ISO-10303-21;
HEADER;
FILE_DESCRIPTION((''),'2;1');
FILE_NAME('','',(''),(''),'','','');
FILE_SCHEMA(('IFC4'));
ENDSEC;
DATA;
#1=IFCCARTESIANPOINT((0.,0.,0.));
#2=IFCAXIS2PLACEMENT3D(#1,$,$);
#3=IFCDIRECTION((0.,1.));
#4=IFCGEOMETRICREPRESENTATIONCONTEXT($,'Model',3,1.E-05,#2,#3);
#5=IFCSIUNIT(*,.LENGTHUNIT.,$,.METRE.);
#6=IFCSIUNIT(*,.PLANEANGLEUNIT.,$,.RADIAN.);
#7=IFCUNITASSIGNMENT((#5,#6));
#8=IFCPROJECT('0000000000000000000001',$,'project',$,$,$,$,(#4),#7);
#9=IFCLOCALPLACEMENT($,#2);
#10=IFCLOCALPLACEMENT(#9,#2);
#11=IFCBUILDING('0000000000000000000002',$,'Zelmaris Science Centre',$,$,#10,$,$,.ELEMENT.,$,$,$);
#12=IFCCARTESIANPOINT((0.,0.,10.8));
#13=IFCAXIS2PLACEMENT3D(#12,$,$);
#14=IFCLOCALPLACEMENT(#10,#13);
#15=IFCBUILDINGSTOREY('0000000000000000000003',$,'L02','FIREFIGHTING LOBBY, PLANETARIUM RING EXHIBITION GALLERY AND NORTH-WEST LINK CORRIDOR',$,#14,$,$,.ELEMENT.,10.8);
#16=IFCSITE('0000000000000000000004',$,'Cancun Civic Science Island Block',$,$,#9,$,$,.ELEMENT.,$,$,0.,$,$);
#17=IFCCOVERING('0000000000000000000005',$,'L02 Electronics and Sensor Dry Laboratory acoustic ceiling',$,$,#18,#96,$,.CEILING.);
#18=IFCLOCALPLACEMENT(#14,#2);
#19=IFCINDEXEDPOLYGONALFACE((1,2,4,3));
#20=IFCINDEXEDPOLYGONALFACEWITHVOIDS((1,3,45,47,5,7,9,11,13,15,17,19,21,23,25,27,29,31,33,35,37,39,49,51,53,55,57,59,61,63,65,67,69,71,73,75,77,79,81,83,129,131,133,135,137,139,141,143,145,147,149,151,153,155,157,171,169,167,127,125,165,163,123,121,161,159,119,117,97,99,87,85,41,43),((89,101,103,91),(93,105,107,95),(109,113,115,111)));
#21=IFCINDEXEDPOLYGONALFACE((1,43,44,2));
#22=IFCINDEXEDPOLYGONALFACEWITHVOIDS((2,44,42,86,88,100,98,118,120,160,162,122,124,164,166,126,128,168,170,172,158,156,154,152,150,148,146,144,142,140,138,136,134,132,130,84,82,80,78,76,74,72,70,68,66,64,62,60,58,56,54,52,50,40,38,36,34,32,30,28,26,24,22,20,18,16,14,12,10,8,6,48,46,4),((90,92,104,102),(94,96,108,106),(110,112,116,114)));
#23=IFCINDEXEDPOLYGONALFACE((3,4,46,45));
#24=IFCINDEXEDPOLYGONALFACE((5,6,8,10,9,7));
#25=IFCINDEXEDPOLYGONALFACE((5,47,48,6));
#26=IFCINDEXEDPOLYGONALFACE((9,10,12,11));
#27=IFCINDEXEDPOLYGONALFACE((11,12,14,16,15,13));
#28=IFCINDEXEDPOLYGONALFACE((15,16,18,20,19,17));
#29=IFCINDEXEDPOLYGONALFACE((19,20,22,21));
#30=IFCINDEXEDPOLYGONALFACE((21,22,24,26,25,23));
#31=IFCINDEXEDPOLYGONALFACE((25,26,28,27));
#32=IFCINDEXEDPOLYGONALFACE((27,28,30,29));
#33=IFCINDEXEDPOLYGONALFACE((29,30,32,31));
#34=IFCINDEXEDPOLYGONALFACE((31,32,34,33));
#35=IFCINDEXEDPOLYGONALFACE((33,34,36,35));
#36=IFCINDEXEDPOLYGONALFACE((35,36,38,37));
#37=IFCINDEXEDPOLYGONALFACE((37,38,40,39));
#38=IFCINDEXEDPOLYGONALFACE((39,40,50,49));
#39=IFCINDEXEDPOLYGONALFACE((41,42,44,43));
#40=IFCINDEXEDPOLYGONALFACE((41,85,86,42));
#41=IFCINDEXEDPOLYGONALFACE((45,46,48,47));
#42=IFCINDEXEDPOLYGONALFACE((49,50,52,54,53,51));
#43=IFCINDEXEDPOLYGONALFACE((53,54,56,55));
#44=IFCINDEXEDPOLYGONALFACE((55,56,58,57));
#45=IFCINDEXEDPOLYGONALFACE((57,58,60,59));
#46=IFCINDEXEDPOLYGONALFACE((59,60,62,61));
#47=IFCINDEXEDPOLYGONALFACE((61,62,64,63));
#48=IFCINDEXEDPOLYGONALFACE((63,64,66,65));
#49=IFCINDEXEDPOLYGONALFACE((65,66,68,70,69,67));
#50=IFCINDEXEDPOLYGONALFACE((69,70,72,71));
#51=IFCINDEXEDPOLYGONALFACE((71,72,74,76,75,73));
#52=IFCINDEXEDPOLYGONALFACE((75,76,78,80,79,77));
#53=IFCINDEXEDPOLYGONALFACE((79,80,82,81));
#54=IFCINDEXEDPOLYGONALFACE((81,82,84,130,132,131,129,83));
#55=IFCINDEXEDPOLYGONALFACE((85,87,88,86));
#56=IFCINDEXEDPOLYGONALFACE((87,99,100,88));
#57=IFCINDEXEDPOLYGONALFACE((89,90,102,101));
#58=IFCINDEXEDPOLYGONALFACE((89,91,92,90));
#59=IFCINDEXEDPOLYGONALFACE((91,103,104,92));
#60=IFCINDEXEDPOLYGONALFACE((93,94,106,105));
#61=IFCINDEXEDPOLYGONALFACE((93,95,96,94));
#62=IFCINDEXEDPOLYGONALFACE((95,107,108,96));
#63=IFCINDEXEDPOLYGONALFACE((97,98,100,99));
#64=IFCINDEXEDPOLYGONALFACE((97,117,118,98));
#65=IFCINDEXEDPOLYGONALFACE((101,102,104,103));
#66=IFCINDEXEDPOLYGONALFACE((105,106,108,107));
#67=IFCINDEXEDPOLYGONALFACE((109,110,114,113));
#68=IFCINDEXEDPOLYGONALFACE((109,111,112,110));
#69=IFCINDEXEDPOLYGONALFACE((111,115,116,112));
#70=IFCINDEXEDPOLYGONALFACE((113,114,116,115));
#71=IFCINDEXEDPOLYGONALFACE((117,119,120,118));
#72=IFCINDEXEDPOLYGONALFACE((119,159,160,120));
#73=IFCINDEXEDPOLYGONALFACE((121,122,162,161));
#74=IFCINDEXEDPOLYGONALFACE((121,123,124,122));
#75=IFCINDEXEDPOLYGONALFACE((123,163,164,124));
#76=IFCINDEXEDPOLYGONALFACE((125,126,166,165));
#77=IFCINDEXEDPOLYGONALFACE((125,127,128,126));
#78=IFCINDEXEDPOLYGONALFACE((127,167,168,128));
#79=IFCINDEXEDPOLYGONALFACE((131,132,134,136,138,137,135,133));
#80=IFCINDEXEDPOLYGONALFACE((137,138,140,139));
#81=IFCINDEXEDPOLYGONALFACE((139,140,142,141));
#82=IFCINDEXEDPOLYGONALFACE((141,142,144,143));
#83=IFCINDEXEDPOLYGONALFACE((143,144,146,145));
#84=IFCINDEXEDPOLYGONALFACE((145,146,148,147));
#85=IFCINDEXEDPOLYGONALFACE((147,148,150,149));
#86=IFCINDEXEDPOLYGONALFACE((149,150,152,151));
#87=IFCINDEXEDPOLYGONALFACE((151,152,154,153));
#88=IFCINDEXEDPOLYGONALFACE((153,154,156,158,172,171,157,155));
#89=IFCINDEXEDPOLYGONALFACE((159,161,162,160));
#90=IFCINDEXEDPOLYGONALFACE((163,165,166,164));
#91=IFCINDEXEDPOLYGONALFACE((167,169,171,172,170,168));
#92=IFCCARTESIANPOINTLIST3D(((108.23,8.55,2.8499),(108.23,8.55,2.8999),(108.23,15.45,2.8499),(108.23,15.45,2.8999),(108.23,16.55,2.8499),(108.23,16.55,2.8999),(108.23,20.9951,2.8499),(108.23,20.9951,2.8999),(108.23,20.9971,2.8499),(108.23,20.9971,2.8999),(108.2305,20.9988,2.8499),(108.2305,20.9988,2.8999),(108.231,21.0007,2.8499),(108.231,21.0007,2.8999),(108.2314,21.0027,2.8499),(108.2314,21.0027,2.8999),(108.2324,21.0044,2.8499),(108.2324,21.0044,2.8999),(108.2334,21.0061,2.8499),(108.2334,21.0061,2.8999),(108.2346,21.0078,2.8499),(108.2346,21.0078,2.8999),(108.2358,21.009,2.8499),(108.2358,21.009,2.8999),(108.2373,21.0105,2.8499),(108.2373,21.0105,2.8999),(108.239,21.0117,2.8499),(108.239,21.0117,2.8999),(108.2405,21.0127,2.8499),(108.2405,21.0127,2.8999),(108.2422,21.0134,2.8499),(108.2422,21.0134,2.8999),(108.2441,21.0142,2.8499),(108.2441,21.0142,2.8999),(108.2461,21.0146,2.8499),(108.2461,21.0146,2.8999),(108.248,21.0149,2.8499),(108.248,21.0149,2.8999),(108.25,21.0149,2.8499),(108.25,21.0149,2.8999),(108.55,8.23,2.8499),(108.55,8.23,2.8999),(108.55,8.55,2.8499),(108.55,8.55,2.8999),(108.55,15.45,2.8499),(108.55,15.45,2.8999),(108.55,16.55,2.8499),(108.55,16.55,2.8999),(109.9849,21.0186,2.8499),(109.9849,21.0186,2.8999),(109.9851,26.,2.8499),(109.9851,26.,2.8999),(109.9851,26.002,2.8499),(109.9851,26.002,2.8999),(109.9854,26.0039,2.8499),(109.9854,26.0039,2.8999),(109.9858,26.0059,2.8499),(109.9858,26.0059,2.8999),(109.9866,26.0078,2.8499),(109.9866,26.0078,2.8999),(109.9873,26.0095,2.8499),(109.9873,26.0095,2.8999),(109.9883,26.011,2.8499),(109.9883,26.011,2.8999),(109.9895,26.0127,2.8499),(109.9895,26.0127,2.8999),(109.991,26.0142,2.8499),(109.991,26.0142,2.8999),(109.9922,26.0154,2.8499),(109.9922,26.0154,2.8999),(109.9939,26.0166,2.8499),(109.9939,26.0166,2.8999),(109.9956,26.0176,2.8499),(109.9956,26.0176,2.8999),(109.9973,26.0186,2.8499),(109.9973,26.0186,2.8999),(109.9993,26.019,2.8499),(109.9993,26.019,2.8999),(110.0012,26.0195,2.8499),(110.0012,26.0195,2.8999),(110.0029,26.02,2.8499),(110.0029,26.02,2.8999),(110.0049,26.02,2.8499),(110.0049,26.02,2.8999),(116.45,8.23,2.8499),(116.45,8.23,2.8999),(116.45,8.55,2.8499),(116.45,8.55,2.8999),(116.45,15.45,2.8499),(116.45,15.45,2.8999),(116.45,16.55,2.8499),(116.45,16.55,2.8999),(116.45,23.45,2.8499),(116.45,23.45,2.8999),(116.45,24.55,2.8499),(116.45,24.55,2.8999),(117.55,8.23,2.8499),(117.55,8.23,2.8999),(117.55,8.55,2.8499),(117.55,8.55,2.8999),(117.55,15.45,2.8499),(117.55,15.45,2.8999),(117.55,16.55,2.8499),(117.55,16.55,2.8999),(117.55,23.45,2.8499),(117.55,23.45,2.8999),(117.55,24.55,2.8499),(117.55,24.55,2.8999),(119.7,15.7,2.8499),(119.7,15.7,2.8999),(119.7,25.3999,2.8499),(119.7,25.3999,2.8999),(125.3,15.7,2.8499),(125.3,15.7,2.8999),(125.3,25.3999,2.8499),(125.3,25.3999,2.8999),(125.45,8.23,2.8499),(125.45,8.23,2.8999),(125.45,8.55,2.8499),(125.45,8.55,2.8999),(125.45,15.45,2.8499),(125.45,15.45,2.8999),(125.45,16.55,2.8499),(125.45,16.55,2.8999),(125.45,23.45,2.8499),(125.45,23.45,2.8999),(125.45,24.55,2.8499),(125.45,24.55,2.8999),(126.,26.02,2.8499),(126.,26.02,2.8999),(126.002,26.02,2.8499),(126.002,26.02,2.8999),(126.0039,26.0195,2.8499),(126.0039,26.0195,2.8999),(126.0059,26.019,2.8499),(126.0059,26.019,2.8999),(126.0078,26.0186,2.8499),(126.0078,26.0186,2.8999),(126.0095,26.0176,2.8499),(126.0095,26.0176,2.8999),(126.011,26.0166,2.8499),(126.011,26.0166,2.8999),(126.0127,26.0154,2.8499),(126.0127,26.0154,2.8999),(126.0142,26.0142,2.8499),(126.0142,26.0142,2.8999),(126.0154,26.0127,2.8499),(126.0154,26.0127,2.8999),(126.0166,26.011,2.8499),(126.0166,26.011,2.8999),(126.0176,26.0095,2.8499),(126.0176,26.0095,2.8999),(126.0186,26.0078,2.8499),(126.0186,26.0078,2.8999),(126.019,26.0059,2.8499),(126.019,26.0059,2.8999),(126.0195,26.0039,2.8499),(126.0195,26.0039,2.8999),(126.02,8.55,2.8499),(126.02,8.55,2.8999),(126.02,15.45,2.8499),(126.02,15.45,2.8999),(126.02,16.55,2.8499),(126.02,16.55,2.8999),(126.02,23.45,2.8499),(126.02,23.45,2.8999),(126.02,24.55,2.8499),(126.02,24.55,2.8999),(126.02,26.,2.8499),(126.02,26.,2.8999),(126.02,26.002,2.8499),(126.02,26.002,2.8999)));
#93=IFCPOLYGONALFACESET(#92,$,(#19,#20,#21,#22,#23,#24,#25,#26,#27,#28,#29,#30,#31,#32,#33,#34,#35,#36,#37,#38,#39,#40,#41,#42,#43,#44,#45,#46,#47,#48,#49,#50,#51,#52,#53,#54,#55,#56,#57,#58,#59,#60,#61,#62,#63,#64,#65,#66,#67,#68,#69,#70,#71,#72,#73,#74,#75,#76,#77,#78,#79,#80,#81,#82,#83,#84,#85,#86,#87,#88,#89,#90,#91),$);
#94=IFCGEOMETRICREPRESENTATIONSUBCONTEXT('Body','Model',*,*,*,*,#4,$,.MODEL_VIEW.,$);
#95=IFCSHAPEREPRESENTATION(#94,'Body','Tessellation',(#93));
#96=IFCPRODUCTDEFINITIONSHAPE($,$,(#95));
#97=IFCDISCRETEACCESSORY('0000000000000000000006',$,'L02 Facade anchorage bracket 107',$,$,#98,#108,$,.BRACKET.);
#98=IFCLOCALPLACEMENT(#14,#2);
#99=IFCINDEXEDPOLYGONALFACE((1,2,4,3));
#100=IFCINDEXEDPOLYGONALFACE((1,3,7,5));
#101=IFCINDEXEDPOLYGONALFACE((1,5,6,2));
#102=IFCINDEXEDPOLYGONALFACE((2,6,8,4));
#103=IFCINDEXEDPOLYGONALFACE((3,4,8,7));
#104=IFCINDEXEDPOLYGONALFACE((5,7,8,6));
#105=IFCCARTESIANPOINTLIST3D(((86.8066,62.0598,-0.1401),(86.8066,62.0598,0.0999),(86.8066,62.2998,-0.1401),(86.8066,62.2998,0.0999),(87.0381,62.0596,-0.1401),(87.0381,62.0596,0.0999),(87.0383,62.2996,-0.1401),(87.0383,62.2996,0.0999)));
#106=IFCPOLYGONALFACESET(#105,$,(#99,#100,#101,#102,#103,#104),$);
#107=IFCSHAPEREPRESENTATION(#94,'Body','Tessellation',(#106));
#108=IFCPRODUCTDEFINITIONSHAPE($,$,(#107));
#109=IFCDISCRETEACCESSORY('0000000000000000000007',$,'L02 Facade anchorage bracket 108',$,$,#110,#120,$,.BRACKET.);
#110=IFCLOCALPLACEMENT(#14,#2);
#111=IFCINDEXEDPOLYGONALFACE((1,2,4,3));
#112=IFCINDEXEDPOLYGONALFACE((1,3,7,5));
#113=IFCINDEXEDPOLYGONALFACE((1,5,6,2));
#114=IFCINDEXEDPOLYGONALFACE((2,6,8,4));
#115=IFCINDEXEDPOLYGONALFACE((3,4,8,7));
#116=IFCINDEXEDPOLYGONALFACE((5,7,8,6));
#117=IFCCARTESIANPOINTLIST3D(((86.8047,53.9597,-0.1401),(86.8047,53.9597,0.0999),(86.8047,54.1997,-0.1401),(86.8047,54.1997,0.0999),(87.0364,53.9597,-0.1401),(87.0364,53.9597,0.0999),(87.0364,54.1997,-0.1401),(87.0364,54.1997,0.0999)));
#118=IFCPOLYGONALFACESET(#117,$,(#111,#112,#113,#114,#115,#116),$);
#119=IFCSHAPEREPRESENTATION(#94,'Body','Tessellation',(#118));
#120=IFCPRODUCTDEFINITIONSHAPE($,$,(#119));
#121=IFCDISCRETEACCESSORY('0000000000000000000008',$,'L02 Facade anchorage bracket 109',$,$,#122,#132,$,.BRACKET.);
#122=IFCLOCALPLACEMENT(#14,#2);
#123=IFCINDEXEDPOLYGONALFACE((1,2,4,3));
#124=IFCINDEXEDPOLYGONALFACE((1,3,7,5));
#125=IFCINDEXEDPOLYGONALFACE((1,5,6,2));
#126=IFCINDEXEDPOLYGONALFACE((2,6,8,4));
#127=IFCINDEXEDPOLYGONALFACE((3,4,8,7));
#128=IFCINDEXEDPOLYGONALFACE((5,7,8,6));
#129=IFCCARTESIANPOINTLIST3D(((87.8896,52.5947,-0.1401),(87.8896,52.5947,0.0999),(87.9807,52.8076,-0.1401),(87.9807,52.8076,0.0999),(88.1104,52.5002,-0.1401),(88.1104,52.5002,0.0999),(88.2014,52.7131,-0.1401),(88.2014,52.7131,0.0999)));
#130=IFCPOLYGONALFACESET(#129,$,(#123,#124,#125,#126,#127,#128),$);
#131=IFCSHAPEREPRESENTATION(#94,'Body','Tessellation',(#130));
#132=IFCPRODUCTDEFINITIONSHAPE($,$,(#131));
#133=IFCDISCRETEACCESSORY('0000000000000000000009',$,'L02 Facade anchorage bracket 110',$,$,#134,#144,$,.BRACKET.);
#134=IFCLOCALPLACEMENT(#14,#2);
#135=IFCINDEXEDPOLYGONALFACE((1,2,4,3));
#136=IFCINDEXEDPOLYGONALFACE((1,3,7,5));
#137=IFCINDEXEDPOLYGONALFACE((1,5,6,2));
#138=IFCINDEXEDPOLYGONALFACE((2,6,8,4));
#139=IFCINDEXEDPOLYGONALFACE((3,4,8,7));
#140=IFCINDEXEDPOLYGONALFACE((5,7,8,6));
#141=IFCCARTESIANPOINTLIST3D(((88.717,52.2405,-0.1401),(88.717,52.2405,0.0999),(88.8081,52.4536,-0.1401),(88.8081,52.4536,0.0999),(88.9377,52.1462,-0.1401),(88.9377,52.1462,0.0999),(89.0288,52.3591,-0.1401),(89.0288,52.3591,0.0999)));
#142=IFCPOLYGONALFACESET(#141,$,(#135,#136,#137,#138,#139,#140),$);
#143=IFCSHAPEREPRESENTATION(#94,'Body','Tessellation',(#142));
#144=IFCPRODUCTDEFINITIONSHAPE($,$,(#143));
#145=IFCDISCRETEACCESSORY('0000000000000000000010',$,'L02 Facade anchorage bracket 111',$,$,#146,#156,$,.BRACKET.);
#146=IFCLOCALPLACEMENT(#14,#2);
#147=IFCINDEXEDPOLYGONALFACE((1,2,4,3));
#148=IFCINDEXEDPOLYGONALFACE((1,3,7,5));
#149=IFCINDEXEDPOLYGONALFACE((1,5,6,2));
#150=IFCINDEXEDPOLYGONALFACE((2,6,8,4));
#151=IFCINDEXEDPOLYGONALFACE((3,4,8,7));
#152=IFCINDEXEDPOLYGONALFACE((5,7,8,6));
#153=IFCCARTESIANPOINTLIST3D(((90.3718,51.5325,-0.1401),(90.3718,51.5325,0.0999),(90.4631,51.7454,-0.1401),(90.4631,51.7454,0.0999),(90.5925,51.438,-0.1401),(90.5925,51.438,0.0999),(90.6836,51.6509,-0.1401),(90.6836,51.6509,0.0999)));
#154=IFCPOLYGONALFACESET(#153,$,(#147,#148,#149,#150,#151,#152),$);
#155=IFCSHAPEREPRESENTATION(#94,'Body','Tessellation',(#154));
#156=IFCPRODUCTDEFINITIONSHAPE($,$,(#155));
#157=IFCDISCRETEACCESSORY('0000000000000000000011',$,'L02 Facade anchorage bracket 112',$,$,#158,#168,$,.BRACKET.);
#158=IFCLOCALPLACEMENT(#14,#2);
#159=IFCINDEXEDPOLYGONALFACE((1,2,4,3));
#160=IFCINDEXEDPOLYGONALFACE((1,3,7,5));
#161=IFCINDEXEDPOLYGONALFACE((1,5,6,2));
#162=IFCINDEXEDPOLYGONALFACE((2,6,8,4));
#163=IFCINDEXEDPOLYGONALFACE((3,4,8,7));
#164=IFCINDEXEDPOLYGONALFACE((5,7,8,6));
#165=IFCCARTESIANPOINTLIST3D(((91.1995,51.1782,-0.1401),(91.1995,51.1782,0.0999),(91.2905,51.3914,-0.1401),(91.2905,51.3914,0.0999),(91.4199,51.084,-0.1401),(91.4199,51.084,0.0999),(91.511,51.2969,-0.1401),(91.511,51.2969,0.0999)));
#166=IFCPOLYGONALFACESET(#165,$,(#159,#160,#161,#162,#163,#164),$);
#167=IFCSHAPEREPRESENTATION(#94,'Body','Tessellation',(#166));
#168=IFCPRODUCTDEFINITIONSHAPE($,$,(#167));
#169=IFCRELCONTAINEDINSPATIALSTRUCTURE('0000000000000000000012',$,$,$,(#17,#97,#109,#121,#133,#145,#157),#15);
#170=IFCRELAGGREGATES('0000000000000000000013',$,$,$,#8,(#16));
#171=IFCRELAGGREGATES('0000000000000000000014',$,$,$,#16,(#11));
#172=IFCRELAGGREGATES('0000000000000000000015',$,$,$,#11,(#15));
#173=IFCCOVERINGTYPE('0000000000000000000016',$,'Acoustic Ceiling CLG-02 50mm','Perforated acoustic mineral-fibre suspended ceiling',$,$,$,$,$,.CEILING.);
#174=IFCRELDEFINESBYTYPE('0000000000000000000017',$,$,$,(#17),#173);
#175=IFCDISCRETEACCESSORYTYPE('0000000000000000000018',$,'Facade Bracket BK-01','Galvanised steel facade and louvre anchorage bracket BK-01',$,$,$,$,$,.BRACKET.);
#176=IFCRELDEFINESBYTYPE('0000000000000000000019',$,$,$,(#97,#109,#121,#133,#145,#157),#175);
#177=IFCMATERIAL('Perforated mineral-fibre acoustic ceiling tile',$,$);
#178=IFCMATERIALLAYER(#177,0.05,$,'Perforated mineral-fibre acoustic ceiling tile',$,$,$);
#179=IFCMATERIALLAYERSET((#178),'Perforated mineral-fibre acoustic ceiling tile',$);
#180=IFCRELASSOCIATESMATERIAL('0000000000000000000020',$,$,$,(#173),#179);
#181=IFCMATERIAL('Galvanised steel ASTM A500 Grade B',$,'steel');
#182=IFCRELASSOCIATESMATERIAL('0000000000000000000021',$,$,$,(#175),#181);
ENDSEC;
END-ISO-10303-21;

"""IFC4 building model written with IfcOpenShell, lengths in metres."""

from ifc_helpers import new_model, si_unit, direction, frame, origin, place, context, subcontext, project, spatial, polyline, outline, extrude, material, layer, layer_set, type_object, element, save


model = new_model("IFC4")

# Units and contexts
model_context = context("Model", 3, precision=1e-05, world=origin(), true_north=direction((0.0, 1.0)))
body_context = subcontext(model_context, "Body", "Model", "MODEL_VIEW")
ifc_project = project(units=[si_unit("LENGTHUNIT", "METRE"), si_unit("PLANEANGLEUNIT", "RADIAN")], contexts=[model_context])

# Site, building, storey
site_placement = place(None, origin())
site = spatial("IfcSite", under=ifc_project, at=site_placement, Name="Cancun Civic Science Island Block", CompositionType="ELEMENT", RefElevation=0.0)
building_placement = place(site_placement, origin())
building = spatial("IfcBuilding", under=site, at=building_placement, Name="Zelmaris Science Centre", CompositionType="ELEMENT")
storey_placement = place(building_placement, frame((0.0, 0.0, 10.8)))
storey = spatial("IfcBuildingStorey", under=building, at=storey_placement, Name="L02", Description="FIREFIGHTING LOBBY, PLANETARIUM RING EXHIBITION GALLERY AND NORTH-WEST LINK CORRIDOR", CompositionType="ELEMENT", Elevation=10.8)

# Covering
ifc_material_1 = material(Name="Perforated mineral-fibre acoustic ceiling tile")
ifc_layer_1 = layer(ifc_material_1, 0.05, Name="Perforated mineral-fibre acoustic ceiling tile")
ifc_layer_set_1 = layer_set([ifc_layer_1], Name="Perforated mineral-fibre acoustic ceiling tile")
covering_type_1 = type_object("IfcCoveringType", Name="Acoustic Ceiling CLG-02 50mm", Description="Perforated acoustic mineral-fibre suspended ceiling", PredefinedType="CEILING", material=ifc_layer_set_1)
covering_1_placement = place(storey_placement, frame((0.0, 0.0, 2.8499)))
element("IfcCovering", 1, at=covering_1_placement, inside=storey, type_object=covering_type_1, Name="L02 Electronics and Sensor Dry Laboratory acoustic ceiling", PredefinedType="CEILING", context=body_context, shape_type="SweptSolid", body=[
    extrude(outline(polyline([(126.002, 26.02), (126.0039, 26.0195), (126.0059, 26.019), (126.0078, 26.0186), (126.0095, 26.0176), (126.011, 26.0166), (126.0127, 26.0154), (126.0142, 26.0142), (126.0154, 26.0127), (126.0166, 26.011), (126.0176, 26.0095), (126.0186, 26.0078), (126.019, 26.0059), (126.0195, 26.0039), (126.02, 26.002), (126.02, 26.0), (126.02, 24.55), (125.45, 24.55), (125.45, 23.45), (126.02, 23.45), (126.02, 16.55), (125.45, 16.55), (125.45, 15.45), (126.02, 15.45), (126.02, 8.55), (125.45, 8.55), (125.45, 8.23), (117.55, 8.23), (117.55, 8.55), (116.45, 8.55), (116.45, 8.23), (108.55, 8.23), (108.55, 8.55), (108.23, 8.55), (108.23, 15.45), (108.55, 15.45), (108.55, 16.55), (108.23, 16.55), (108.23, 20.9951), (108.23, 20.9971), (108.2305, 20.9988), (108.231, 21.0007), (108.2314, 21.0027), (108.2324, 21.0044), (108.2334, 21.0061), (108.2346, 21.0078), (108.2358, 21.009), (108.2373, 21.0105), (108.239, 21.0117), (108.2405, 21.0127), (108.2422, 21.0134), (108.2441, 21.0142), (108.2461, 21.0146), (108.248, 21.0149), (108.25, 21.0149), (109.9849, 21.0186), (109.9851, 26.0), (109.9851, 26.002), (109.9854, 26.0039), (109.9858, 26.0059), (109.9866, 26.0078), (109.9873, 26.0095), (109.9883, 26.011), (109.9895, 26.0127), (109.991, 26.0142), (109.9922, 26.0154), (109.9939, 26.0166), (109.9956, 26.0176), (109.9973, 26.0186), (109.9993, 26.019), (110.0012, 26.0195), (110.0029, 26.02), (110.0049, 26.02), (126.0, 26.02), (126.002, 26.02)]), holes=[polyline([(119.7, 15.7), (125.3, 15.7), (125.3, 25.3999), (119.7, 25.3999), (119.7, 15.7)]), polyline([(116.45, 15.45), (117.55, 15.45), (117.55, 16.55), (116.45, 16.55), (116.45, 15.45)]), polyline([(117.55, 23.45), (117.55, 24.55), (116.45, 24.55), (116.45, 23.45), (117.55, 23.45)])]), origin(), (0.0, 0.0, 1.0), 0.05),
])

# Discrete accessories
ifc_material_2 = material(Name="Galvanised steel ASTM A500 Grade B", Category="steel")
discrete_accessory_type_1 = type_object("IfcDiscreteAccessoryType", Name="Facade Bracket BK-01", Description="Galvanised steel facade and louvre anchorage bracket BK-01", PredefinedType="BRACKET", material=ifc_material_2)
discrete_accessory_1_placement = place(storey_placement, frame((0.0, 0.0, -0.1401)))
element("IfcDiscreteAccessory", 2, at=discrete_accessory_1_placement, inside=storey, type_object=discrete_accessory_type_1, Name="L02 Facade anchorage bracket 107", PredefinedType="BRACKET", context=body_context, shape_type="SweptSolid", body=[
    extrude(outline(polyline([(86.8066, 62.2998), (86.8066, 62.0598), (87.0381, 62.0596), (87.0383, 62.2996), (86.8066, 62.2998)])), origin(), (0.0, 0.0, 1.0), 0.24),
])
discrete_accessory_2_placement = place(storey_placement, frame((0.0, 0.0, -0.1401)))
element("IfcDiscreteAccessory", 3, at=discrete_accessory_2_placement, inside=storey, type_object=discrete_accessory_type_1, Name="L02 Facade anchorage bracket 108", PredefinedType="BRACKET", context=body_context, shape_type="SweptSolid", body=[
    extrude(outline(polyline([(86.8047, 54.1997), (86.8047, 53.9597), (87.0364, 53.9597), (87.0364, 54.1997), (86.8047, 54.1997)])), origin(), (0.0, 0.0, 1.0), 0.24),
])
discrete_accessory_3_placement = place(storey_placement, frame((0.0, 0.0, -0.1401)))
element("IfcDiscreteAccessory", 4, at=discrete_accessory_3_placement, inside=storey, type_object=discrete_accessory_type_1, Name="L02 Facade anchorage bracket 109", PredefinedType="BRACKET", context=body_context, shape_type="SweptSolid", body=[
    extrude(outline(polyline([(87.8896, 52.5947), (88.1104, 52.5002), (88.2014, 52.7131), (87.9807, 52.8076), (87.8896, 52.5947)])), origin(), (0.0, 0.0, 1.0), 0.24),
])
discrete_accessory_4_placement = place(storey_placement, frame((0.0, 0.0, -0.1401)))
element("IfcDiscreteAccessory", 5, at=discrete_accessory_4_placement, inside=storey, type_object=discrete_accessory_type_1, Name="L02 Facade anchorage bracket 110", PredefinedType="BRACKET", context=body_context, shape_type="SweptSolid", body=[
    extrude(outline(polyline([(88.717, 52.2405), (88.9377, 52.1462), (89.0288, 52.3591), (88.8081, 52.4536), (88.717, 52.2405)])), origin(), (0.0, 0.0, 1.0), 0.24),
])
discrete_accessory_5_placement = place(storey_placement, frame((0.0, 0.0, -0.1401)))
element("IfcDiscreteAccessory", 6, at=discrete_accessory_5_placement, inside=storey, type_object=discrete_accessory_type_1, Name="L02 Facade anchorage bracket 111", PredefinedType="BRACKET", context=body_context, shape_type="SweptSolid", body=[
    extrude(outline(polyline([(90.3718, 51.5325), (90.5925, 51.438), (90.6836, 51.6509), (90.4631, 51.7454), (90.3718, 51.5325)])), origin(), (0.0, 0.0, 1.0), 0.24),
])
discrete_accessory_6_placement = place(storey_placement, frame((0.0, 0.0, -0.1401)))
element("IfcDiscreteAccessory", 7, at=discrete_accessory_6_placement, inside=storey, type_object=discrete_accessory_type_1, Name="L02 Facade anchorage bracket 112", PredefinedType="BRACKET", context=body_context, shape_type="SweptSolid", body=[
    extrude(outline(polyline([(91.1995, 51.1782), (91.4199, 51.084), (91.511, 51.2969), (91.2905, 51.3914), (91.1995, 51.1782)])), origin(), (0.0, 0.0, 1.0), 0.24),
])

save(model, "model.ifc")
